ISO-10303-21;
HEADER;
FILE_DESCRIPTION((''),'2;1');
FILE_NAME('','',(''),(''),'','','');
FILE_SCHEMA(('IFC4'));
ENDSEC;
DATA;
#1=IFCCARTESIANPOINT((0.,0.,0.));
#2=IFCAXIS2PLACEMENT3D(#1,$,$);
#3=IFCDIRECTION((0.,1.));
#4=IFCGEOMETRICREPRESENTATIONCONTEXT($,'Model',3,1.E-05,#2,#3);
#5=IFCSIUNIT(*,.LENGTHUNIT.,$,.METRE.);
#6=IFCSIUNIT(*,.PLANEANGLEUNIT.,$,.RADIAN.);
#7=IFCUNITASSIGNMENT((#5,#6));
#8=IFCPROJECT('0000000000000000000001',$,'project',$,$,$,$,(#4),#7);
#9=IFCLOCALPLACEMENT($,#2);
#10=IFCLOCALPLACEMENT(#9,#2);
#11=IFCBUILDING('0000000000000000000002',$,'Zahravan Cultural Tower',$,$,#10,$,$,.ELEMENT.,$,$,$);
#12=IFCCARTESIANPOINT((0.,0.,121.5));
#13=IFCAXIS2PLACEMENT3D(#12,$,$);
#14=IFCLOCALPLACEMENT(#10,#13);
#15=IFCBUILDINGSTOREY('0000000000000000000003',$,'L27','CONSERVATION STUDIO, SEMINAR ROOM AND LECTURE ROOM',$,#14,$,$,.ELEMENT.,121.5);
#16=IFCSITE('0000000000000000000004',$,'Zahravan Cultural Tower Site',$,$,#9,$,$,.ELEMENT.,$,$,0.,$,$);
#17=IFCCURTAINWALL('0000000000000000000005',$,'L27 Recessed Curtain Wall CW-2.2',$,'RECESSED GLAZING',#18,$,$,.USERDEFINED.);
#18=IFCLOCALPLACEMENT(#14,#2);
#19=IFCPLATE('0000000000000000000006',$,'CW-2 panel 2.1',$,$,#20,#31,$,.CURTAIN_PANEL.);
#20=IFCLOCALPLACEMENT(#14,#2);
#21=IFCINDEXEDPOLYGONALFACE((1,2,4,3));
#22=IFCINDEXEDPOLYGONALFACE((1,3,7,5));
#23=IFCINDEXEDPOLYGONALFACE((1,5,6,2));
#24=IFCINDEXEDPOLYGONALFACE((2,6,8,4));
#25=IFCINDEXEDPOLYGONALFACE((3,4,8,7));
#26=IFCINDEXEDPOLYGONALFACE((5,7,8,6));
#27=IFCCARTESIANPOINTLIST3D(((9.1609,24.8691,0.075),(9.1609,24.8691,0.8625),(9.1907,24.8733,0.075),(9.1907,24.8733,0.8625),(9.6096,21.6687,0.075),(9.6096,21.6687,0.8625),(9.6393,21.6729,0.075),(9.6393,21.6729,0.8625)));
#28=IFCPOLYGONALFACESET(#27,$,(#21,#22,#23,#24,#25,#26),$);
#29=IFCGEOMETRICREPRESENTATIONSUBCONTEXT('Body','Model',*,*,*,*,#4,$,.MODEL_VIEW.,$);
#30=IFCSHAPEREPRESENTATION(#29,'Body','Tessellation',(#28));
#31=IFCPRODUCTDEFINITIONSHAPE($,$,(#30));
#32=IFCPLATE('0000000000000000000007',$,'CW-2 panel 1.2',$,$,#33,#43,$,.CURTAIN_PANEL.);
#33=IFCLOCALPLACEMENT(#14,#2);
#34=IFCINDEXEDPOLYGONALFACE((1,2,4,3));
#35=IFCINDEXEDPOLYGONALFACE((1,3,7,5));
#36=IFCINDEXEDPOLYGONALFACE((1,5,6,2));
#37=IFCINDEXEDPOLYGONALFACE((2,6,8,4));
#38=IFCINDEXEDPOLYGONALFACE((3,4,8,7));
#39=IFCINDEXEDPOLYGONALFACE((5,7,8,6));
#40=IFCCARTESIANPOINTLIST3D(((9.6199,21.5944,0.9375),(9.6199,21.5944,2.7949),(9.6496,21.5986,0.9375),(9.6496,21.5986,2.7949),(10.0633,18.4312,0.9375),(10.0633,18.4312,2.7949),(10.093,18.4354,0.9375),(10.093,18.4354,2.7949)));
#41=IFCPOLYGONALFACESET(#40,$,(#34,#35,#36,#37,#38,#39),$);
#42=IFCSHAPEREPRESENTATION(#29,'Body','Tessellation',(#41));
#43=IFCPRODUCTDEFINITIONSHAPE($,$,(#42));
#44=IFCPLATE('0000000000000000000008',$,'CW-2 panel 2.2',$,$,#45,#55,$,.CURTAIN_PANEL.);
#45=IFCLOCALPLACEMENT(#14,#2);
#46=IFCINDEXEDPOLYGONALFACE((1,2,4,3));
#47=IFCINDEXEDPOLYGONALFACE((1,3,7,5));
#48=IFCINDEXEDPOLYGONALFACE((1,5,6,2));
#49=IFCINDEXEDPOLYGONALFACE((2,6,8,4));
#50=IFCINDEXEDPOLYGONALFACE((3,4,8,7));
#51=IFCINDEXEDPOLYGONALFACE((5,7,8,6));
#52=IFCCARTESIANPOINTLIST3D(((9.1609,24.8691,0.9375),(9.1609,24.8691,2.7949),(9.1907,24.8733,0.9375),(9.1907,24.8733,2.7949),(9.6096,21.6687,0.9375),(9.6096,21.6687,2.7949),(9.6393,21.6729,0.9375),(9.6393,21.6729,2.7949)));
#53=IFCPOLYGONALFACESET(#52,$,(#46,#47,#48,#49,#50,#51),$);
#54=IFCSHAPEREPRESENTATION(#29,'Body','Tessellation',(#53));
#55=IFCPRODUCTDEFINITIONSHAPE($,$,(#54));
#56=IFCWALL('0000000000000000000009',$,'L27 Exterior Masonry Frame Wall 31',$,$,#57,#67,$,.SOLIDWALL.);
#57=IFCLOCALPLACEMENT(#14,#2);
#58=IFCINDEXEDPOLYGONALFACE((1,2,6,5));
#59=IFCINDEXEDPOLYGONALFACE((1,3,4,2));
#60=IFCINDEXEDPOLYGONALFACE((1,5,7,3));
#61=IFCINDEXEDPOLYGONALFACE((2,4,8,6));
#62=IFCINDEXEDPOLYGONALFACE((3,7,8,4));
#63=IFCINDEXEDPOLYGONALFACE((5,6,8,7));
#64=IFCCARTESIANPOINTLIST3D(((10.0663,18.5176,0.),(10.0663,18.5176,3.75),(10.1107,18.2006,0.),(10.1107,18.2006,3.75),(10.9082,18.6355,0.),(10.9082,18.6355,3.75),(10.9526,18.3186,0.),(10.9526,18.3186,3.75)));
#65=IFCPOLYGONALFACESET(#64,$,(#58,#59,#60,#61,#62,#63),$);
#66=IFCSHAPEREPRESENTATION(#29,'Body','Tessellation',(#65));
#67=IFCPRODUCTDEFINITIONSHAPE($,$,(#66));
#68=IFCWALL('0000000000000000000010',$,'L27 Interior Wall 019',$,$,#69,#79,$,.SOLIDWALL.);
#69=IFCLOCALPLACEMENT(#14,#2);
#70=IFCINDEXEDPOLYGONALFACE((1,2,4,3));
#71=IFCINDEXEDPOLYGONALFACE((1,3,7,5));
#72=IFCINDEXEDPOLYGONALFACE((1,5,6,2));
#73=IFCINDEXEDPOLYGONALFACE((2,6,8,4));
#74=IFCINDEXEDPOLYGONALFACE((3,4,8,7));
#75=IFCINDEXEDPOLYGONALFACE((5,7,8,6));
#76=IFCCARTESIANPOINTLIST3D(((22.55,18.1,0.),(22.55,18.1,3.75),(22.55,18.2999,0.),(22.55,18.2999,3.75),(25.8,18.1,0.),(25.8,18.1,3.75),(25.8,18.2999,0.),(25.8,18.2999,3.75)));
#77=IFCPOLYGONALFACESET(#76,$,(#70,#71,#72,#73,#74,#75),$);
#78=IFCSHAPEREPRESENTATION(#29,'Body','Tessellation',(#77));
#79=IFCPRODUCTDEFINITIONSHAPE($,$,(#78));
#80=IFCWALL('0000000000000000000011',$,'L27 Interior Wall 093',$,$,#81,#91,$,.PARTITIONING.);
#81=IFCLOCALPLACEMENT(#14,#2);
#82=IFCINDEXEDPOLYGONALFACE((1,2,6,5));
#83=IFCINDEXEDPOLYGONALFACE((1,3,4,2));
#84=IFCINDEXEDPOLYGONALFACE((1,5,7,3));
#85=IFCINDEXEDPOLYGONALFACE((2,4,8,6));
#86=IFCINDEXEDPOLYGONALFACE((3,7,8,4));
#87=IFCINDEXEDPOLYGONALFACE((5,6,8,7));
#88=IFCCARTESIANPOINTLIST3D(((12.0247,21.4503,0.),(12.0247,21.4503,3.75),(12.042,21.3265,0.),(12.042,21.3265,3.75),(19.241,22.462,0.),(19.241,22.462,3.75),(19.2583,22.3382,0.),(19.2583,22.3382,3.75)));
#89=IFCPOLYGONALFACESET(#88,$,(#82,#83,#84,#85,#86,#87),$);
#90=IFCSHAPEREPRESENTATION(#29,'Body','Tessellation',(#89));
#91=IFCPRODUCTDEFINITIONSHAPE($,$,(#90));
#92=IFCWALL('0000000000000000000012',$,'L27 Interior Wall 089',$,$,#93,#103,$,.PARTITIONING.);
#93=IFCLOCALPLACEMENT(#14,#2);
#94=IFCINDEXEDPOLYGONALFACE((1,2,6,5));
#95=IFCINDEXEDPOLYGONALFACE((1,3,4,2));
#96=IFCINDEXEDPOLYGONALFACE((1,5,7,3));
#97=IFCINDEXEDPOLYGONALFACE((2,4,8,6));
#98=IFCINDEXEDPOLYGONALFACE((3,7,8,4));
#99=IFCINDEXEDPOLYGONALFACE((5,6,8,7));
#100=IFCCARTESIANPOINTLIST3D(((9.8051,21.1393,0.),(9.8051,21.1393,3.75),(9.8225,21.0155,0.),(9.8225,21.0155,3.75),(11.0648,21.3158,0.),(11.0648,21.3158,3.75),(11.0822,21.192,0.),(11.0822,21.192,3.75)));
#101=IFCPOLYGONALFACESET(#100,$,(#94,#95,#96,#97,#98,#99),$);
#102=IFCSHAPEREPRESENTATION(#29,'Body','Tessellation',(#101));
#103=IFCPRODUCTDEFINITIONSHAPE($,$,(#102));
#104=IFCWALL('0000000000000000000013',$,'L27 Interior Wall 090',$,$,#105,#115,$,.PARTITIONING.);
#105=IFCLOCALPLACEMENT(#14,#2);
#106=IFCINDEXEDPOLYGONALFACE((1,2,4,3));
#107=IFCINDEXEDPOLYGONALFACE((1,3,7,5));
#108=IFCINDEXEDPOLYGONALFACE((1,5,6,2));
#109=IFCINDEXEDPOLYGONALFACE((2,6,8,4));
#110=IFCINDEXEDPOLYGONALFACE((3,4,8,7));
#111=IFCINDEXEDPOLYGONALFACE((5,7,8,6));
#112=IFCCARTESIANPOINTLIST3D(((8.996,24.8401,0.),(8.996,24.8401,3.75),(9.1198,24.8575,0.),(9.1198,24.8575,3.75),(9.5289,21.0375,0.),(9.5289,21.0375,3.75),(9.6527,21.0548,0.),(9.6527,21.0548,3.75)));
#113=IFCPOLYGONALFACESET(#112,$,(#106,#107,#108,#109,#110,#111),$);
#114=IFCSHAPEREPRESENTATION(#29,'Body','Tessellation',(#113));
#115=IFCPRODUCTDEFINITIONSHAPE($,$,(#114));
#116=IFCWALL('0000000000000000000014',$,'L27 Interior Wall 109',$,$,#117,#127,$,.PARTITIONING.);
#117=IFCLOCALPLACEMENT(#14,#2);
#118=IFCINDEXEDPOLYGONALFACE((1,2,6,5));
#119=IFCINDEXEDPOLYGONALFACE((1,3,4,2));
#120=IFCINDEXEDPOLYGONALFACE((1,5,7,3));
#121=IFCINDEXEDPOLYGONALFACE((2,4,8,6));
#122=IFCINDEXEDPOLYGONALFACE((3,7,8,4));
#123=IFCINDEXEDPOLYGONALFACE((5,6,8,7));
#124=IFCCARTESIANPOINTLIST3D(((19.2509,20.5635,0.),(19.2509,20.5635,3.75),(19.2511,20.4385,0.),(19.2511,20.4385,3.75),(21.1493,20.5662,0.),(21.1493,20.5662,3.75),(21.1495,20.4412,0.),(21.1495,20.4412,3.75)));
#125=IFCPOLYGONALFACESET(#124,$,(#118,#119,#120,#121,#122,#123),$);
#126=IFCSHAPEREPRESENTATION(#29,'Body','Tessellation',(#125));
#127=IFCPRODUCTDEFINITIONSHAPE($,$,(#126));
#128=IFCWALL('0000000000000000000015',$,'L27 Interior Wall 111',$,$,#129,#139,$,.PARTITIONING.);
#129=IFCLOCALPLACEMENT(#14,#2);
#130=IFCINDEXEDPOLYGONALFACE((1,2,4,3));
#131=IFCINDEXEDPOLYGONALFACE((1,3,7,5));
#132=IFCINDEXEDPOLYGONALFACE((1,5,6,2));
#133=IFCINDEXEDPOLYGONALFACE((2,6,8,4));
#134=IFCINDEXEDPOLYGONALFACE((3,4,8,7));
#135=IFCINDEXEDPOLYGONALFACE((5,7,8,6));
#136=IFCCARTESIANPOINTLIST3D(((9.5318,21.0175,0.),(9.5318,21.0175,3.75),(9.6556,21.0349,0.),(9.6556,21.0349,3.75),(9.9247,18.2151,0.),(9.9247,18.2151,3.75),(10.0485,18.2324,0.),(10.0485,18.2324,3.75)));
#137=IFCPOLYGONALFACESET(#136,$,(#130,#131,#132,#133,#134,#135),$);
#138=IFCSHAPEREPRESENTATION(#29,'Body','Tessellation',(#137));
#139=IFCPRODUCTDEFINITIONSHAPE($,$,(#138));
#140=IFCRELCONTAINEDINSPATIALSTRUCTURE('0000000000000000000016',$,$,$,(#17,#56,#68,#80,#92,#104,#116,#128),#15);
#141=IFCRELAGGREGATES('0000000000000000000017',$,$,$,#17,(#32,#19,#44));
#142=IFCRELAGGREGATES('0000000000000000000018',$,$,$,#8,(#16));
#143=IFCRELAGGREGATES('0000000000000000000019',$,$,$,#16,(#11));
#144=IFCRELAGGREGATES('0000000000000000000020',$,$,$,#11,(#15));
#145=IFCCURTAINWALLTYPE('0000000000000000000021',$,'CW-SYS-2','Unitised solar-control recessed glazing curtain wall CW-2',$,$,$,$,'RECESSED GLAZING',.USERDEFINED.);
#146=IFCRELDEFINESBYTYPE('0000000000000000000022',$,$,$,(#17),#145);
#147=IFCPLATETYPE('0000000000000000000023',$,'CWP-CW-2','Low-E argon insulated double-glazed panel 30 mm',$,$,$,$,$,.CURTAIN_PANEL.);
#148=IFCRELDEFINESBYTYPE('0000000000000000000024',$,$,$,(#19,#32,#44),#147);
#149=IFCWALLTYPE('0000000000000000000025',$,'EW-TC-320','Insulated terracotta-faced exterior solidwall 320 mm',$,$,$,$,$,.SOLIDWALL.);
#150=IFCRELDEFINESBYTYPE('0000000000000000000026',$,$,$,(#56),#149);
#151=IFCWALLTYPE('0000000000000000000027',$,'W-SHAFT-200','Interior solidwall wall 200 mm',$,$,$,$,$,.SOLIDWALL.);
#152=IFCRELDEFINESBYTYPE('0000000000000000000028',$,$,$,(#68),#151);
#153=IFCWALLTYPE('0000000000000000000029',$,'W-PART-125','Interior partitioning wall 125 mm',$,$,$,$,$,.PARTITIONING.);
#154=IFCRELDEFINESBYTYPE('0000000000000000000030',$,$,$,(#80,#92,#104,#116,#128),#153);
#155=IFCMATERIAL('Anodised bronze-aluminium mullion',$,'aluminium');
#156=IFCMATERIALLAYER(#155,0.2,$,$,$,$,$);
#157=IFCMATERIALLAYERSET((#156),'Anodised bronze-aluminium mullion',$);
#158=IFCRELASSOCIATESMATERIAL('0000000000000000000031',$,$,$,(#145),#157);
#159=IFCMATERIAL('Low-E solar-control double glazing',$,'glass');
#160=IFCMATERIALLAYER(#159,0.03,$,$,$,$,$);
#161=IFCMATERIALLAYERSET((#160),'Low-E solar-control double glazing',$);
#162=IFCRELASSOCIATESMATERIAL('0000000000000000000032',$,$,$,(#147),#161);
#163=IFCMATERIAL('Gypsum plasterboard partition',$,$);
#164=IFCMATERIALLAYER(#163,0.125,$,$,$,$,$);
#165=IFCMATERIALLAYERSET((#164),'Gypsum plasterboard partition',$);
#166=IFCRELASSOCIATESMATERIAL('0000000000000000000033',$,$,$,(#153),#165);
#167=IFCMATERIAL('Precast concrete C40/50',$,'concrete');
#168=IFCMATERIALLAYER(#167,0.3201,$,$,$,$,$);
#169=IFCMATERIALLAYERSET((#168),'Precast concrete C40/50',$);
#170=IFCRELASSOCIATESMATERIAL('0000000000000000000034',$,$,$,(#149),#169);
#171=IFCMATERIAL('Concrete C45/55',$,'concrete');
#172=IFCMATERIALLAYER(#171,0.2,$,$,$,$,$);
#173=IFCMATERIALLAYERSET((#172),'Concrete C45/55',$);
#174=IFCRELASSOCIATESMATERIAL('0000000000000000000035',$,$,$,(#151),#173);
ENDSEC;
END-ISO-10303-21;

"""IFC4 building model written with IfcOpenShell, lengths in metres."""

from ifc_helpers import new_model, si_unit, direction, frame, frame_2d, origin, origin_2d, place, context, subcontext, project, spatial, rectangle, extrude, source, transform, mapped, material, layer, layer_set, type_object, element, aggregate, save


model = new_model("IFC4")

# Units and contexts
model_context = context("Model", 3, precision=1e-05, world=origin(), true_north=direction((0.0, 1.0)))
body_context = subcontext(model_context, "Body", "Model", "MODEL_VIEW")
ifc_project = project(units=[si_unit("LENGTHUNIT", "METRE"), si_unit("PLANEANGLEUNIT", "RADIAN")], contexts=[model_context])

# Site, building, storey
site_placement = place(None, origin())
site = spatial("IfcSite", under=ifc_project, at=site_placement, Name="Zahravan Cultural Tower Site", CompositionType="ELEMENT", RefElevation=0.0)
building_placement = place(site_placement, origin())
building = spatial("IfcBuilding", under=site, at=building_placement, Name="Zahravan Cultural Tower", CompositionType="ELEMENT")
storey_placement = place(building_placement, frame((0.0, 0.0, 121.5)))
storey = spatial("IfcBuildingStorey", under=building, at=storey_placement, Name="L27", Description="CONSERVATION STUDIO, SEMINAR ROOM AND LECTURE ROOM", CompositionType="ELEMENT", Elevation=121.5)

# Curtain wall, plates
ifc_material_1 = material(Name="Anodised bronze-aluminium mullion", Category="aluminium")
ifc_layer_1 = layer(ifc_material_1, 0.2)
ifc_layer_set_1 = layer_set([ifc_layer_1], Name="Anodised bronze-aluminium mullion")
curtain_wall_type = type_object("IfcCurtainWallType", Name="CW-SYS-2", Description="Unitised solar-control recessed glazing curtain wall CW-2", ElementType="RECESSED GLAZING", PredefinedType="USERDEFINED", material=ifc_layer_set_1)
curtain_wall_placement = place(storey_placement, origin())
curtain_wall = element("IfcCurtainWall", 1, at=curtain_wall_placement, inside=storey, type_object=curtain_wall_type, Name="L27 Recessed Curtain Wall CW-2.2", ObjectType="RECESSED GLAZING", PredefinedType="USERDEFINED")
ifc_material_2 = material(Name="Low-E solar-control double glazing", Category="glass")
ifc_layer_2 = layer(ifc_material_2, 0.03)
ifc_layer_set_2 = layer_set([ifc_layer_2], Name="Low-E solar-control double glazing")
plate_type = type_object("IfcPlateType", Name="CWP-CW-2", Description="Low-E argon insulated double-glazed panel 30 mm", PredefinedType="CURTAIN_PANEL", material=ifc_layer_set_2)
shared_shape_1 = source(origin(), body_context, "Body", "SweptSolid", [
    extrude(rectangle(XDim=3.2317, YDim=0.03, at=origin_2d()), origin(), (0.0, 0.0, 1.0), 0.7876),
])
plate_1_placement = place(storey_placement, frame((9.4001, 23.271, 0.075), z_axis=(0.0, 0.0, 1.0), x_axis=(-0.13883, 0.990316, 0.0)))
plate_1 = element("IfcPlate", 2, at=plate_1_placement, type_object=plate_type, Name="CW-2 panel 2.1", PredefinedType="CURTAIN_PANEL", context=body_context, shape_type="MappedRepresentation", body=[
    mapped(shared_shape_1, transform((0.0, 0.0, 0.0), x_axis=(1.0, 0.0, 0.0), y_axis=(0.0, 1.0, 0.0), z_axis=(0.0, 0.0, 1.0), scale=1.0)),
])
shared_shape_2 = source(origin(), body_context, "Body", "SweptSolid", [
    extrude(rectangle(XDim=3.1941, YDim=0.03, at=origin_2d()), origin(), (0.0, 0.0, 1.0), 1.8574),
])
plate_2_placement = place(storey_placement, frame((9.8564, 20.0149, 0.9375), z_axis=(0.0, 0.0, 1.0), x_axis=(-0.13883, 0.990316, 0.0)))
plate_2 = element("IfcPlate", 3, at=plate_2_placement, type_object=plate_type, Name="CW-2 panel 1.2", PredefinedType="CURTAIN_PANEL", context=body_context, shape_type="MappedRepresentation", body=[
    mapped(shared_shape_2, transform((0.0, 0.0, 0.0), x_axis=(1.0, 0.0, 0.0), y_axis=(0.0, 1.0, 0.0), z_axis=(0.0, 0.0, 1.0), scale=1.0)),
])
shared_shape_3 = source(origin(), body_context, "Body", "SweptSolid", [
    extrude(rectangle(XDim=3.2317, YDim=0.03, at=origin_2d()), origin(), (0.0, 0.0, 1.0), 1.8574),
])
plate_3_placement = place(storey_placement, frame((9.4001, 23.271, 0.9375), z_axis=(0.0, 0.0, 1.0), x_axis=(-0.13883, 0.990316, 0.0)))
plate_3 = element("IfcPlate", 4, at=plate_3_placement, type_object=plate_type, Name="CW-2 panel 2.2", PredefinedType="CURTAIN_PANEL", context=body_context, shape_type="MappedRepresentation", body=[
    mapped(shared_shape_3, transform((0.0, 0.0, 0.0), x_axis=(1.0, 0.0, 0.0), y_axis=(0.0, 1.0, 0.0), z_axis=(0.0, 0.0, 1.0), scale=1.0)),
])
aggregate(curtain_wall, [plate_2, plate_1, plate_3])

# Shared definitions
ifc_material_3 = material(Name="Gypsum plasterboard partition")
ifc_layer_3 = layer(ifc_material_3, 0.125)
ifc_layer_set_3 = layer_set([ifc_layer_3], Name="Gypsum plasterboard partition")
wall_type_1 = type_object("IfcWallType", Name="W-PART-125", Description="Interior partitioning wall 125 mm", PredefinedType="PARTITIONING", material=ifc_layer_set_3)

# Walls
ifc_material_4 = material(Name="Precast concrete C40/50", Category="concrete")
ifc_layer_4 = layer(ifc_material_4, 0.3201)
ifc_layer_set_4 = layer_set([ifc_layer_4], Name="Precast concrete C40/50")
wall_type_2 = type_object("IfcWallType", Name="EW-TC-320", Description="Insulated terracotta-faced exterior solidwall 320 mm", PredefinedType="SOLIDWALL", material=ifc_layer_set_4)
shared_shape_4 = source(origin(), body_context, "Body", "SweptSolid", [
    extrude(rectangle(XDim=0.8501, YDim=0.3201, at=frame_2d((0.425, 0.0))), origin(), (0.0, 0.0, 1.0), 3.75),
])
wall_1_placement = place(storey_placement, frame((10.9304, 18.4771, 0.0), z_axis=(0.0, 0.0, 1.0), x_axis=(-0.990331, -0.138727, 0.0)))
element("IfcWall", 5, at=wall_1_placement, inside=storey, type_object=wall_type_2, Name="L27 Exterior Masonry Frame Wall 31", PredefinedType="SOLIDWALL", context=body_context, shape_type="MappedRepresentation", body=[
    mapped(shared_shape_4, transform((0.0, 0.0, 0.0), x_axis=(1.0, 0.0, 0.0), y_axis=(0.0, 1.0, 0.0), z_axis=(0.0, 0.0, 1.0), scale=1.0)),
])
ifc_material_5 = material(Name="Concrete C45/55", Category="concrete")
ifc_layer_5 = layer(ifc_material_5, 0.2)
ifc_layer_set_5 = layer_set([ifc_layer_5], Name="Concrete C45/55")
wall_type_3 = type_object("IfcWallType", Name="W-SHAFT-200", Description="Interior solidwall wall 200 mm", PredefinedType="SOLIDWALL", material=ifc_layer_set_5)
shared_shape_5 = source(origin(), body_context, "Body", "SweptSolid", [
    extrude(rectangle(XDim=3.25, YDim=0.2, at=frame_2d((1.625, 0.0))), origin(), (0.0, 0.0, 1.0), 3.75),
])
wall_2_placement = place(storey_placement, frame((22.55, 18.2, 0.0), z_axis=(0.0, 0.0, 1.0), x_axis=(1.0, 0.0, 0.0)))
element("IfcWall", 6, at=wall_2_placement, inside=storey, type_object=wall_type_3, Name="L27 Interior Wall 019", PredefinedType="SOLIDWALL", context=body_context, shape_type="MappedRepresentation", body=[
    mapped(shared_shape_5, transform((0.0, 0.0, 0.0), x_axis=(1.0, 0.0, 0.0), y_axis=(0.0, 1.0, 0.0), z_axis=(0.0, 0.0, 1.0), scale=1.0)),
])
shared_shape_6 = source(origin(), body_context, "Body", "SweptSolid", [
    extrude(rectangle(XDim=7.2869, YDim=0.125, at=frame_2d((3.6436, 0.0))), origin(), (0.0, 0.0, 1.0), 3.75),
])
wall_3_placement = place(storey_placement, frame((19.2498, 22.4001, 0.0), z_axis=(0.0, 0.0, 1.0), x_axis=(-0.990315, -0.138841, 0.0)))
element("IfcWall", 7, at=wall_3_placement, inside=storey, type_object=wall_type_1, Name="L27 Interior Wall 093", PredefinedType="PARTITIONING", context=body_context, shape_type="MappedRepresentation", body=[
    mapped(shared_shape_6, transform((0.0, 0.0, 0.0), x_axis=(1.0, 0.0, 0.0), y_axis=(0.0, 1.0, 0.0), z_axis=(0.0, 0.0, 1.0), scale=1.0)),
])
shared_shape_7 = source(origin(), body_context, "Body", "SweptSolid", [
    extrude(rectangle(XDim=1.272, YDim=0.125, at=frame_2d((0.636, 0.0))), origin(), (0.0, 0.0, 1.0), 3.75),
])
wall_4_placement = place(storey_placement, frame((11.0735, 21.2539, 0.0), z_axis=(0.0, 0.0, 1.0), x_axis=(-0.990326, -0.138761, 0.0)))
element("IfcWall", 8, at=wall_4_placement, inside=storey, type_object=wall_type_1, Name="L27 Interior Wall 089", PredefinedType="PARTITIONING", context=body_context, shape_type="MappedRepresentation", body=[
    mapped(shared_shape_7, transform((0.0, 0.0, 0.0), x_axis=(1.0, 0.0, 0.0), y_axis=(0.0, 1.0, 0.0), z_axis=(0.0, 0.0, 1.0), scale=1.0)),
])
shared_shape_8 = source(origin(), body_context, "Body", "SweptSolid", [
    extrude(rectangle(XDim=3.8398, YDim=0.125, at=frame_2d((1.9199, 0.0))), origin(), (0.0, 0.0, 1.0), 3.75),
])
wall_5_placement = place(storey_placement, frame((9.5908, 21.0461, 0.0), z_axis=(0.0, 0.0, 1.0), x_axis=(-0.138795, 0.990321, 0.0)))
element("IfcWall", 9, at=wall_5_placement, inside=storey, type_object=wall_type_1, Name="L27 Interior Wall 090", PredefinedType="PARTITIONING", context=body_context, shape_type="MappedRepresentation", body=[
    mapped(shared_shape_8, transform((0.0, 0.0, 0.0), x_axis=(1.0, 0.0, 0.0), y_axis=(0.0, 1.0, 0.0), z_axis=(0.0, 0.0, 1.0), scale=1.0)),
])
shared_shape_9 = source(origin(), body_context, "Body", "SweptSolid", [
    extrude(rectangle(XDim=1.8984, YDim=0.125, at=frame_2d((0.9492, 0.0))), origin(), (0.0, 0.0, 1.0), 3.75),
])
wall_6_placement = place(storey_placement, frame((19.251, 20.501, 0.0), z_axis=(0.0, 0.0, 1.0), x_axis=(0.999999, 0.001415, 0.0)))
element("IfcWall", 10, at=wall_6_placement, inside=storey, type_object=wall_type_1, Name="L27 Interior Wall 109", PredefinedType="PARTITIONING", context=body_context, shape_type="MappedRepresentation", body=[
    mapped(shared_shape_9, transform((0.0, 0.0, 0.0), x_axis=(1.0, 0.0, 0.0), y_axis=(0.0, 1.0, 0.0), z_axis=(0.0, 0.0, 1.0), scale=1.0)),
])
shared_shape_10 = source(origin(), body_context, "Body", "SweptSolid", [
    extrude(rectangle(XDim=2.8298, YDim=0.125, at=frame_2d((1.415, 0.0))), origin(), (0.0, 0.0, 1.0), 3.75),
])
wall_7_placement = place(storey_placement, frame((9.9866, 18.2236, 0.0), z_axis=(0.0, 0.0, 1.0), x_axis=(-0.138812, 0.990319, 0.0)))
element("IfcWall", 11, at=wall_7_placement, inside=storey, type_object=wall_type_1, Name="L27 Interior Wall 111", PredefinedType="PARTITIONING", context=body_context, shape_type="MappedRepresentation", body=[
    mapped(shared_shape_10, transform((0.0, 0.0, 0.0), x_axis=(1.0, 0.0, 0.0), y_axis=(0.0, 1.0, 0.0), z_axis=(0.0, 0.0, 1.0), scale=1.0)),
])

save(model, "model.ifc")
